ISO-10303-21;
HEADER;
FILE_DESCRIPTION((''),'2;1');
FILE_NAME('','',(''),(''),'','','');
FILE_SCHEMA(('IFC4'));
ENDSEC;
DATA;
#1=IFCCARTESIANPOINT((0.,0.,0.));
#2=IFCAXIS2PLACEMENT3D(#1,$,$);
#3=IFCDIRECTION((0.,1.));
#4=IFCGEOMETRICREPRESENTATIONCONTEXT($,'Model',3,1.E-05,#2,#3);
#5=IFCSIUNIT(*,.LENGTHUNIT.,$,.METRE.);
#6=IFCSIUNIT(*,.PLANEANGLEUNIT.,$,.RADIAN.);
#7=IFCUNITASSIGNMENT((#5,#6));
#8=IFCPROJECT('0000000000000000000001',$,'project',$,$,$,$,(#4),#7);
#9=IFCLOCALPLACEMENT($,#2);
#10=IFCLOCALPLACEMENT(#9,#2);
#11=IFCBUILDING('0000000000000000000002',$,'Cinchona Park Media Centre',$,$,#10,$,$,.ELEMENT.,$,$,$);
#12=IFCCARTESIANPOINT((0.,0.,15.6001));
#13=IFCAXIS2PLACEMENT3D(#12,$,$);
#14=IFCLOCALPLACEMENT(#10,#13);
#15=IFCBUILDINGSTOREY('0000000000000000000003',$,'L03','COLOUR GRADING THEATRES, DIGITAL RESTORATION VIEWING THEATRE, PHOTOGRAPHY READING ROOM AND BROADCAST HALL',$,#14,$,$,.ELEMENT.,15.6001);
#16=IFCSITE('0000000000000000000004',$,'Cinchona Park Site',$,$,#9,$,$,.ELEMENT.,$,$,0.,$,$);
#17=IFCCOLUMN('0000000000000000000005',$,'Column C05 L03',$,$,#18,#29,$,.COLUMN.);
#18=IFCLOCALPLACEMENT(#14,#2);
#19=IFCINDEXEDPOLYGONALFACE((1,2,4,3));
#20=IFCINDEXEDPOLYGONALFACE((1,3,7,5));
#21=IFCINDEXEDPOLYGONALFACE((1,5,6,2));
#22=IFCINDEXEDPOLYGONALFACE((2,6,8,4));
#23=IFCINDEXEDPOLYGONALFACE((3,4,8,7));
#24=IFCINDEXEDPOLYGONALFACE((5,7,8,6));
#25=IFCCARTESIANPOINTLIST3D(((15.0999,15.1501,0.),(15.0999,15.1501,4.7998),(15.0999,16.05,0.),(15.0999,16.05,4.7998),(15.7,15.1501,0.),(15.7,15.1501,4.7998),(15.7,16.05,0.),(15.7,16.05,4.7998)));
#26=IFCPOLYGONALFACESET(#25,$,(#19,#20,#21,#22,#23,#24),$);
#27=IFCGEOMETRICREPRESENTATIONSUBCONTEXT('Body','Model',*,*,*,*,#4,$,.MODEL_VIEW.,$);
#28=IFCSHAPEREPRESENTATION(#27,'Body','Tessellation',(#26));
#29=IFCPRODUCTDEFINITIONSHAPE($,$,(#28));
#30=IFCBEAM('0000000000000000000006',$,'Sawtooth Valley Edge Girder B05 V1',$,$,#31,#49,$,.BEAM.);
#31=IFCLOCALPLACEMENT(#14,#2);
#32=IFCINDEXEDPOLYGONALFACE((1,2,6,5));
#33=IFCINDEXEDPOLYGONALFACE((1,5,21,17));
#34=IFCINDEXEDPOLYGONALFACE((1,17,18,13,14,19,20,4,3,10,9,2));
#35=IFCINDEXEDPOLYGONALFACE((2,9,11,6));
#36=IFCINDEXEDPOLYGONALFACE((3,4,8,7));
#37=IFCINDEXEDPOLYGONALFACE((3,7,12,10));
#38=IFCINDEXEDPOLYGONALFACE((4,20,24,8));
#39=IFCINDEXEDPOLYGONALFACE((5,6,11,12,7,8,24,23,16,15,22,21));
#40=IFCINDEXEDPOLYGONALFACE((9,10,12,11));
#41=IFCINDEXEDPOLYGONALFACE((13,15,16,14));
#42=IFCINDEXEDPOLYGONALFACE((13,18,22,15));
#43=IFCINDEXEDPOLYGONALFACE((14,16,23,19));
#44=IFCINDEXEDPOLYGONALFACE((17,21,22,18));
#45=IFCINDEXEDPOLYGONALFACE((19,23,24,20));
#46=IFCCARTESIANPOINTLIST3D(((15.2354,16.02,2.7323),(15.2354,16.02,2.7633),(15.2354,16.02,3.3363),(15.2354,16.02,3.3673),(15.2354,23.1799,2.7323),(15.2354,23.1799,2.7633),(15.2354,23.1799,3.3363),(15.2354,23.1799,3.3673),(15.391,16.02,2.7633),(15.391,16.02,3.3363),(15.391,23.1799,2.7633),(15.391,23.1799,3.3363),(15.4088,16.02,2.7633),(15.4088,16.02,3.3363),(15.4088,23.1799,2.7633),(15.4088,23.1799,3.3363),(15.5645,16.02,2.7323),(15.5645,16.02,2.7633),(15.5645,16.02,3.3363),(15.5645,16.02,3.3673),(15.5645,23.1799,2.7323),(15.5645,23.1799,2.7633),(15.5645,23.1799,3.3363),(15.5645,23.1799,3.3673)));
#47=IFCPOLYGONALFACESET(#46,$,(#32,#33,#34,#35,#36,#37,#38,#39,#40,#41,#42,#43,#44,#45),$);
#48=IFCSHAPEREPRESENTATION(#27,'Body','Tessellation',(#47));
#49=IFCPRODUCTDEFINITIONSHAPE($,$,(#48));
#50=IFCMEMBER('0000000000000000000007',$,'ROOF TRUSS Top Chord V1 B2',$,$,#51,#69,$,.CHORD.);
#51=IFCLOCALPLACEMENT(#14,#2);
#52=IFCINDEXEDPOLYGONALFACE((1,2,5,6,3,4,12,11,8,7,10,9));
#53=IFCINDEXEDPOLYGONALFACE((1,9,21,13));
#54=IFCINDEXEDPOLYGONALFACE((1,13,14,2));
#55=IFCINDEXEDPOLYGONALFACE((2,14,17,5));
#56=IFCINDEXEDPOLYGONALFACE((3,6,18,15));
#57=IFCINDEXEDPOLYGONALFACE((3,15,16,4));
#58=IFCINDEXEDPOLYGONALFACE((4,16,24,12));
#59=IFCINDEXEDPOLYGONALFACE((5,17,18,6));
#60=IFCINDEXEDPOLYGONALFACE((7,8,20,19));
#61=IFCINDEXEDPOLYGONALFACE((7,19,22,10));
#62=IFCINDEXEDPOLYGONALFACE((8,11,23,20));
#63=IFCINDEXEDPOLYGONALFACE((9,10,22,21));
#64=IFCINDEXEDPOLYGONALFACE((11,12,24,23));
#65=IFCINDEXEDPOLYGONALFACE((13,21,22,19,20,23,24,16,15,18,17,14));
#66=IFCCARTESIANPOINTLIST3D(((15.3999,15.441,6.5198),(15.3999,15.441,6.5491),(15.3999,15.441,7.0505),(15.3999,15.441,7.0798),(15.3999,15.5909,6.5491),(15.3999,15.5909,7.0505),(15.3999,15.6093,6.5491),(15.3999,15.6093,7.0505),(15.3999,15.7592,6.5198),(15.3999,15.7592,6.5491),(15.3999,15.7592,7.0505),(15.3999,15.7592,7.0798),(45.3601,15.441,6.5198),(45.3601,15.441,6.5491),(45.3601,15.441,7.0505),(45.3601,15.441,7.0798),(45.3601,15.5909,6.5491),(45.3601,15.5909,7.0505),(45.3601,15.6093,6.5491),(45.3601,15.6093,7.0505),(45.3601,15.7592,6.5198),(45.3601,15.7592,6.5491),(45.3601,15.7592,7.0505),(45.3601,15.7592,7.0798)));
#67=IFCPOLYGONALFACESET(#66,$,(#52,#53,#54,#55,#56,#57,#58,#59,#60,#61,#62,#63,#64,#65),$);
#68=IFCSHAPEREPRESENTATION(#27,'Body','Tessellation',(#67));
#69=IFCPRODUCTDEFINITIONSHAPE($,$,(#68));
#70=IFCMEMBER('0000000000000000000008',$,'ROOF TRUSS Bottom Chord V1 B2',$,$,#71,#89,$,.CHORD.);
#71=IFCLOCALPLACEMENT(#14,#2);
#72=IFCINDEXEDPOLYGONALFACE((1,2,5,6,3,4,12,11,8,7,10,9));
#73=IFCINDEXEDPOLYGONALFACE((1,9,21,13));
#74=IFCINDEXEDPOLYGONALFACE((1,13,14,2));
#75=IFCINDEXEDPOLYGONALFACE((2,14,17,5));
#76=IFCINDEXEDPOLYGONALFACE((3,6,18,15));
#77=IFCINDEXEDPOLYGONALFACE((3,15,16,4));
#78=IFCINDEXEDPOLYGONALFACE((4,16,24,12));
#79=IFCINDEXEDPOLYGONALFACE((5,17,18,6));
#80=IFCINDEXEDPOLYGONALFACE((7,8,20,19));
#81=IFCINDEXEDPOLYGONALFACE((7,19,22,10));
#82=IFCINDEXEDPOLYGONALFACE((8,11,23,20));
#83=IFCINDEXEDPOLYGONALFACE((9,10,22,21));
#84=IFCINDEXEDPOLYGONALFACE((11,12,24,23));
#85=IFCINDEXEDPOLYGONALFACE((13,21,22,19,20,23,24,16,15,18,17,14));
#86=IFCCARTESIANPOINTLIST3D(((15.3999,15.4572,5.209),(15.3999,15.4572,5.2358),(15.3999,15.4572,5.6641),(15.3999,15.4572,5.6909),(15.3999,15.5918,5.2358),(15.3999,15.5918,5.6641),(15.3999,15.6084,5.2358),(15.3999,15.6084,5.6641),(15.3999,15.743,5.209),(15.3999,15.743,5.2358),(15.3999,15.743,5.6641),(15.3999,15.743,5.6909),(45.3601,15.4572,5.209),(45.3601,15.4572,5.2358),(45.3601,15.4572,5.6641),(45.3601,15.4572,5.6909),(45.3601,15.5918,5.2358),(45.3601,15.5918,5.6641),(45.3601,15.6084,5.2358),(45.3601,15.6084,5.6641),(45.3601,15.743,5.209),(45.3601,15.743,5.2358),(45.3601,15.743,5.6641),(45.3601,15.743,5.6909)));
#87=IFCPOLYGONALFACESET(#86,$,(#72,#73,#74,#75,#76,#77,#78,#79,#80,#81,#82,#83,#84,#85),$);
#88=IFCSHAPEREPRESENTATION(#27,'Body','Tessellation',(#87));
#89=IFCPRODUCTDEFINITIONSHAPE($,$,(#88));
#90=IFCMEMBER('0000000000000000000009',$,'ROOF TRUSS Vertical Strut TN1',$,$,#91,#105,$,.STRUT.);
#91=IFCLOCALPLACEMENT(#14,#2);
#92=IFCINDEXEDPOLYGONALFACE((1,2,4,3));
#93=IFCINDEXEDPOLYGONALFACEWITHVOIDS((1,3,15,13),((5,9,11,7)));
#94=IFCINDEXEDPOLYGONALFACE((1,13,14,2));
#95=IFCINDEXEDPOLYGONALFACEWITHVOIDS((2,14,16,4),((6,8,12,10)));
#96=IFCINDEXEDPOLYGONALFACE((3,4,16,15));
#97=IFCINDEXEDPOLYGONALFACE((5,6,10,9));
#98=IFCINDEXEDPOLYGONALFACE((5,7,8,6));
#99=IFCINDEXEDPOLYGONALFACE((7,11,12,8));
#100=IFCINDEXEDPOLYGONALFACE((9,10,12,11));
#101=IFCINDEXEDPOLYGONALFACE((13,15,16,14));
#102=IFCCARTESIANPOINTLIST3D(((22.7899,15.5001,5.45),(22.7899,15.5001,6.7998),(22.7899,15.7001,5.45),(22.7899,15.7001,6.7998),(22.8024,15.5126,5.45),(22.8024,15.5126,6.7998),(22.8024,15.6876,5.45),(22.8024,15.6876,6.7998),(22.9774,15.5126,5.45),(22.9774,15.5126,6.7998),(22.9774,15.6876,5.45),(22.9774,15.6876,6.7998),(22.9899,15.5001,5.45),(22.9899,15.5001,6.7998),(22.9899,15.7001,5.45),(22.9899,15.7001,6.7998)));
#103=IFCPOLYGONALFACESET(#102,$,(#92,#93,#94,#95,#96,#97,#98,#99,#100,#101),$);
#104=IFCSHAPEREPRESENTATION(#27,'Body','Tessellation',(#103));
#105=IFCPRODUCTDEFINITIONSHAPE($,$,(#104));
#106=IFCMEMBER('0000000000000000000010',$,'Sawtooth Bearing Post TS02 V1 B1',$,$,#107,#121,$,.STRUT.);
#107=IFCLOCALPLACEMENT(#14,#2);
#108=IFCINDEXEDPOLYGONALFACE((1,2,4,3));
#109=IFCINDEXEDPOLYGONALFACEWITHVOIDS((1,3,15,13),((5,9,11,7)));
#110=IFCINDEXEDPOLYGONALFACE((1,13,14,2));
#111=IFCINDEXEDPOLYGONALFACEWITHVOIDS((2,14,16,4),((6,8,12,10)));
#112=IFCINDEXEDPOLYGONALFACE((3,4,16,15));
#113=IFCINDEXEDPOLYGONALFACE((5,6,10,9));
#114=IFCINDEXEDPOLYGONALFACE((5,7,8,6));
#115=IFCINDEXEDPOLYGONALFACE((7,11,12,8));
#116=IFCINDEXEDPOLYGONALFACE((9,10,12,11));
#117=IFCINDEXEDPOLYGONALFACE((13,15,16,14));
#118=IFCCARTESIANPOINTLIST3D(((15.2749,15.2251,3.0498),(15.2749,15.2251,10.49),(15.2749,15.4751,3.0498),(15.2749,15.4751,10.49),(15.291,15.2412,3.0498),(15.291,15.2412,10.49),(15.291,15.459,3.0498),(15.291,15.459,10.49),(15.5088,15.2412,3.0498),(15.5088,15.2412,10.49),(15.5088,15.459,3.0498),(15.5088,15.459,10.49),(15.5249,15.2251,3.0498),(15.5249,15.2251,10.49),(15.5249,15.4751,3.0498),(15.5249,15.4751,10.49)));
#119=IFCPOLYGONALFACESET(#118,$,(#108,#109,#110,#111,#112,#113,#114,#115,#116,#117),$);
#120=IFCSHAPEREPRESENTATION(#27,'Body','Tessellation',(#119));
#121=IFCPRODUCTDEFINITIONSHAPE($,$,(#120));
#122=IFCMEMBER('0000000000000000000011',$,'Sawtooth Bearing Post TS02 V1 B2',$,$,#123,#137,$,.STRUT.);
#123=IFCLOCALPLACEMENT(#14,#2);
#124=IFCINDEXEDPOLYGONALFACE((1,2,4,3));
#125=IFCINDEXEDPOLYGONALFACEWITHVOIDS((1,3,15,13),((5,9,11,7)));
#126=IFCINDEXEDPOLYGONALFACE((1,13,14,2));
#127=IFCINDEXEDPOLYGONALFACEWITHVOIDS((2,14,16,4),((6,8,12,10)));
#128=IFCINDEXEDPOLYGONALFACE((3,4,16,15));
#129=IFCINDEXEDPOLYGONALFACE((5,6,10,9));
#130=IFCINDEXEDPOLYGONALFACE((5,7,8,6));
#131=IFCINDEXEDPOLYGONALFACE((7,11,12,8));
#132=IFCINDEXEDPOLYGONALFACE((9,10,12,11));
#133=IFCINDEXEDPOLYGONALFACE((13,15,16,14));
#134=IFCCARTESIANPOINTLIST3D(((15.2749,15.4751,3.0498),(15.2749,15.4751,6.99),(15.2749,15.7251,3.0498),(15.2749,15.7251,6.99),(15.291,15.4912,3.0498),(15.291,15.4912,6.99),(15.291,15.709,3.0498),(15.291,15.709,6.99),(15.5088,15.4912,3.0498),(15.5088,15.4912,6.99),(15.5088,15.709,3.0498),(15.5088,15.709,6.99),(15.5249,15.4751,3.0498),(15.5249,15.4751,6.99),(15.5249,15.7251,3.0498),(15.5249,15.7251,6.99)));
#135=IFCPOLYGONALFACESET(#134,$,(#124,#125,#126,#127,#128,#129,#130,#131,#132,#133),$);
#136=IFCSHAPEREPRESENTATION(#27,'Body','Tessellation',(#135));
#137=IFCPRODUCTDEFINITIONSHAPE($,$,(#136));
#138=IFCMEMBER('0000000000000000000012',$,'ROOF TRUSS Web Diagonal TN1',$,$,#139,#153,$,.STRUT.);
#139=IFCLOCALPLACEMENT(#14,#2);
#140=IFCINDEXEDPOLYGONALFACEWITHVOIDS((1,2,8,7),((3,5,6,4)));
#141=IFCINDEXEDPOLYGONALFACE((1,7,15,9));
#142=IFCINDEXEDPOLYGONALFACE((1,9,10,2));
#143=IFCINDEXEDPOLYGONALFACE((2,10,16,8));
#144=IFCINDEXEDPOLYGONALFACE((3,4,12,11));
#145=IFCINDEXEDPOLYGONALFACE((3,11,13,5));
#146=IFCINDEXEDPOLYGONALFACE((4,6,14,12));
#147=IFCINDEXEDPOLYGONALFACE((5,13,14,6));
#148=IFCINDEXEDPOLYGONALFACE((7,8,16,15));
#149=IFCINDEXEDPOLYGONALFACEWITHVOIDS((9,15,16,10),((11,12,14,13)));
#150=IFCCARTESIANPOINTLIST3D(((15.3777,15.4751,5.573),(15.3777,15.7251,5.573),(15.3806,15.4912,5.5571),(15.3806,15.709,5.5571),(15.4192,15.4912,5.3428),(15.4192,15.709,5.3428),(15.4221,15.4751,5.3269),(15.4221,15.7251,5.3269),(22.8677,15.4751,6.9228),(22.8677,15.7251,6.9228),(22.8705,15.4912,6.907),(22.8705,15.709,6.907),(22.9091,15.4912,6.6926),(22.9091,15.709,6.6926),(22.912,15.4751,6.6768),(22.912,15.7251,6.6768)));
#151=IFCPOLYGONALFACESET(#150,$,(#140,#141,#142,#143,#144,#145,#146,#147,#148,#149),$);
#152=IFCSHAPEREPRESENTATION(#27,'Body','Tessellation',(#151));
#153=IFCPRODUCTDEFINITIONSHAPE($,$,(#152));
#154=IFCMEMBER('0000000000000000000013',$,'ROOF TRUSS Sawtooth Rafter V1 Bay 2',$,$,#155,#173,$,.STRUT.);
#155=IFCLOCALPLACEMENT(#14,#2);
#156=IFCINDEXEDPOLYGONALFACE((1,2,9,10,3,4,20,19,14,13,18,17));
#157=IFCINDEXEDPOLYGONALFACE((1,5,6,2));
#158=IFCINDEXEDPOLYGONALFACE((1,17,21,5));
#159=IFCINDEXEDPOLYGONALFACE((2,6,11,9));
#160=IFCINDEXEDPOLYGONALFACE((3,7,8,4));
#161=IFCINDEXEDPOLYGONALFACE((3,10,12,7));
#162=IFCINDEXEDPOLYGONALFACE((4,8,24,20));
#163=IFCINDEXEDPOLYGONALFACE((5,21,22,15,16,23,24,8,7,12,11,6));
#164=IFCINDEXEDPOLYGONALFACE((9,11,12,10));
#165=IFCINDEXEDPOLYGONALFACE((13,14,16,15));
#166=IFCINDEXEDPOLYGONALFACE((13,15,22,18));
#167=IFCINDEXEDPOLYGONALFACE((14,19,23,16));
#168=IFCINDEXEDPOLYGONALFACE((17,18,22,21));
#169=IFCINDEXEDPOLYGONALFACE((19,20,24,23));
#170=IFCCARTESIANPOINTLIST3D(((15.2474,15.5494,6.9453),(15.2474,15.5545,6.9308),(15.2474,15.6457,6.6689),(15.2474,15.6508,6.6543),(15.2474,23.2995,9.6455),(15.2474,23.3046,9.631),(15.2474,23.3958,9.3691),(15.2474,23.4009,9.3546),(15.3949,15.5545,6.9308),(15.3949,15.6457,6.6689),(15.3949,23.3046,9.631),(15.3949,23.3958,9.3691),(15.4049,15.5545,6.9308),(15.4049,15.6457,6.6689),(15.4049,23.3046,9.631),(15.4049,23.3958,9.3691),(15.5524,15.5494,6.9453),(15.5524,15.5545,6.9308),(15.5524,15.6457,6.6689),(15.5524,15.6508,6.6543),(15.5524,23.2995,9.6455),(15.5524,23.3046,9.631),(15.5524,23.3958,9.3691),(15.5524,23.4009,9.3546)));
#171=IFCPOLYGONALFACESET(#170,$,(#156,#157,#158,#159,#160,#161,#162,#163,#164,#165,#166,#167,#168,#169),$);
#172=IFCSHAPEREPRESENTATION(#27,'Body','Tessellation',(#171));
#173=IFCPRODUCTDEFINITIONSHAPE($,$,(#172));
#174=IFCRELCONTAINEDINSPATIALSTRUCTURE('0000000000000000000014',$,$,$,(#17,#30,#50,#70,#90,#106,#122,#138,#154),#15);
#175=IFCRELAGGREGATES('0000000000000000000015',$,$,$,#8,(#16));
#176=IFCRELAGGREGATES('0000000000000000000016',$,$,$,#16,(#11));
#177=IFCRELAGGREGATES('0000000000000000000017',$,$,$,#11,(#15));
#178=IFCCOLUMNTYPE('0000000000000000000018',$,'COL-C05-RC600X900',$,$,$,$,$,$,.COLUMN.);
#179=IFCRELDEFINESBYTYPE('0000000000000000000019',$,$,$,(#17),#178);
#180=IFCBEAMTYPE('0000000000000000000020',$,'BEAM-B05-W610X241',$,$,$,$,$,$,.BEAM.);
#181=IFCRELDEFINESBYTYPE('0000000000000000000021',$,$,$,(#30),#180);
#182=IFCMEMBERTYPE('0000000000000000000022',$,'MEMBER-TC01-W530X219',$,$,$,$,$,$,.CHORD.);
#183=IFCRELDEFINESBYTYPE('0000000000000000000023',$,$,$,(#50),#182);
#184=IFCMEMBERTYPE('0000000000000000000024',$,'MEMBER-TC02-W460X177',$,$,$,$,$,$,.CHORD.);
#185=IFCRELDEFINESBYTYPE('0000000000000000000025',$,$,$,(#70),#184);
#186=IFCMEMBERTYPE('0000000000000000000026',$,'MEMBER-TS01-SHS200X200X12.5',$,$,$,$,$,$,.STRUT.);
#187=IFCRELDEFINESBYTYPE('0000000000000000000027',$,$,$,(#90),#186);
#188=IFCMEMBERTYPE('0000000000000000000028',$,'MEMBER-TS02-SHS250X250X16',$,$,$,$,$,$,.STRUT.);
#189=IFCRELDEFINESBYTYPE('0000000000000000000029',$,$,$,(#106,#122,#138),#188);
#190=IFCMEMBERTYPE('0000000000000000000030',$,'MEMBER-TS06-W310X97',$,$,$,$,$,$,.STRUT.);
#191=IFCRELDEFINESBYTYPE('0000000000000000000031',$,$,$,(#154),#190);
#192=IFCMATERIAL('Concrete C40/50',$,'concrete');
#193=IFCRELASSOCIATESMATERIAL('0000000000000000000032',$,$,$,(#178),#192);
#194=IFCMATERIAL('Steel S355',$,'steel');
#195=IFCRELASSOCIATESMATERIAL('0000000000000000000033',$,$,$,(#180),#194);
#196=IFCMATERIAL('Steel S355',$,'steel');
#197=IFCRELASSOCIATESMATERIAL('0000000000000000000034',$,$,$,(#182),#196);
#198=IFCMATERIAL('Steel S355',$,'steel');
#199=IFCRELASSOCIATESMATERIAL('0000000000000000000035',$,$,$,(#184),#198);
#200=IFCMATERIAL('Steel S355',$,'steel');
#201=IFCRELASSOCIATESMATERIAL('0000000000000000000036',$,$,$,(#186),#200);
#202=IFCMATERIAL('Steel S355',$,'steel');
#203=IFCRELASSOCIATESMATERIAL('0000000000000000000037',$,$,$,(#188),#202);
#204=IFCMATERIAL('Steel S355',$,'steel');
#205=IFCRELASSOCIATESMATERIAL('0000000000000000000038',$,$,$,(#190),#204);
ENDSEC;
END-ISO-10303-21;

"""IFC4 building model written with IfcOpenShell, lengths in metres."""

from ifc_helpers import new_model, si_unit, direction, frame, origin, origin_2d, place, context, subcontext, project, spatial, rectangle, hollow_rectangle, i_section, extrude, material, material_profile, profile_set, type_object, element, save


model = new_model("IFC4")

# Units and contexts
model_context = context("Model", 3, precision=1e-05, world=origin(), true_north=direction((0.0, 1.0)))
body_context = subcontext(model_context, "Body", "Model", "MODEL_VIEW")
ifc_project = project(units=[si_unit("LENGTHUNIT", "METRE"), si_unit("PLANEANGLEUNIT", "RADIAN")], contexts=[model_context])

# Site, building, storey
site_placement = place(None, origin())
site = spatial("IfcSite", under=ifc_project, at=site_placement, Name="Cinchona Park Site", CompositionType="ELEMENT", RefElevation=0.0)
building_placement = place(site_placement, origin())
building = spatial("IfcBuilding", under=site, at=building_placement, Name="Cinchona Park Media Centre", CompositionType="ELEMENT")
storey_placement = place(building_placement, frame((0.0, 0.0, 15.6001)))
storey = spatial("IfcBuildingStorey", under=building, at=storey_placement, Name="L03", Description="COLOUR GRADING THEATRES, DIGITAL RESTORATION VIEWING THEATRE, PHOTOGRAPHY READING ROOM AND BROADCAST HALL", CompositionType="ELEMENT", Elevation=15.6001)

# Column
ifc_material_1 = material(Name="Concrete C40/50", Category="concrete")
ifc_material_profile_1 = material_profile(ifc_material_1, rectangle(XDim=0.6001, YDim=0.8999, at=origin_2d()), Name="RC 600X900")
ifc_profile_set_1 = profile_set([ifc_material_profile_1], Name="Concrete C40/50")
column_type = type_object("IfcColumnType", Name="COL-C05-RC600X900", PredefinedType="COLUMN", material=ifc_profile_set_1)
column_placement = place(storey_placement, frame((15.3999, 15.6001, 0.0), z_axis=(0.0, 0.0, 1.0), x_axis=(1.0, 0.0, 0.0)))
element("IfcColumn", 1, at=column_placement, inside=storey, type_object=column_type, Name="Column C05 L03", PredefinedType="COLUMN", context=body_context, shape_type="SweptSolid", body=[
    extrude(rectangle(XDim=0.6001, YDim=0.8999, at=origin_2d()), origin(), (0.0, 0.0, 1.0), 4.7998),
])

# Beam
ifc_material_2 = material(Name="Steel S355", Category="steel")
ifc_material_profile_2 = material_profile(ifc_material_2, i_section(OverallWidth=0.3291, OverallDepth=0.635, WebThickness=0.0178, FlangeThickness=0.031, at=origin_2d()), Name="W610X241")
ifc_profile_set_2 = profile_set([ifc_material_profile_2], Name="Steel S355")
beam_type = type_object("IfcBeamType", Name="BEAM-B05-W610X241", PredefinedType="BEAM", material=ifc_profile_set_2)
beam_placement = place(storey_placement, frame((15.3999, 16.02, 3.0498), z_axis=(0.0, 1.0, 0.0), x_axis=(-1.0, 0.0, 0.0)))
element("IfcBeam", 2, at=beam_placement, inside=storey, type_object=beam_type, Name="Sawtooth Valley Edge Girder B05 V1", PredefinedType="BEAM", context=body_context, shape_type="SweptSolid", body=[
    extrude(i_section(OverallWidth=0.3291, OverallDepth=0.635, WebThickness=0.0178, FlangeThickness=0.031, at=origin_2d()), origin(), (0.0, 0.0, 1.0), 7.1599),
])

# Members
ifc_material_3 = material(Name="Steel S355", Category="steel")
ifc_material_profile_3 = material_profile(ifc_material_3, i_section(OverallWidth=0.3181, OverallDepth=0.5601, WebThickness=0.0183, FlangeThickness=0.0293, at=origin_2d()), Name="W530X219")
ifc_profile_set_3 = profile_set([ifc_material_profile_3], Name="Steel S355")
member_type_1 = type_object("IfcMemberType", Name="MEMBER-TC01-W530X219", PredefinedType="CHORD", material=ifc_profile_set_3)
member_1_placement = place(storey_placement, frame((15.3999, 15.6001, 6.7998), z_axis=(1.0, 0.0, 0.0), x_axis=(0.0, 1.0, 0.0)))
element("IfcMember", 3, at=member_1_placement, inside=storey, type_object=member_type_1, Name="ROOF TRUSS Top Chord V1 B2", PredefinedType="CHORD", context=body_context, shape_type="SweptSolid", body=[
    extrude(i_section(OverallWidth=0.3181, OverallDepth=0.5601, WebThickness=0.0183, FlangeThickness=0.0293, at=origin_2d()), origin(), (0.0, 0.0, 1.0), 29.9602),
])
ifc_material_4 = material(Name="Steel S355", Category="steel")
ifc_material_profile_4 = material_profile(ifc_material_4, i_section(OverallWidth=0.2859, OverallDepth=0.4819, WebThickness=0.0166, FlangeThickness=0.0269, at=origin_2d()), Name="W460X177")
ifc_profile_set_4 = profile_set([ifc_material_profile_4], Name="Steel S355")
member_type_2 = type_object("IfcMemberType", Name="MEMBER-TC02-W460X177", PredefinedType="CHORD", material=ifc_profile_set_4)
member_2_placement = place(storey_placement, frame((15.3999, 15.6001, 5.45), z_axis=(1.0, 0.0, 0.0), x_axis=(0.0, 1.0, 0.0)))
element("IfcMember", 4, at=member_2_placement, inside=storey, type_object=member_type_2, Name="ROOF TRUSS Bottom Chord V1 B2", PredefinedType="CHORD", context=body_context, shape_type="SweptSolid", body=[
    extrude(i_section(OverallWidth=0.2859, OverallDepth=0.4819, WebThickness=0.0166, FlangeThickness=0.0269, at=origin_2d()), origin(), (0.0, 0.0, 1.0), 29.9602),
])
ifc_material_5 = material(Name="Steel S355", Category="steel")
ifc_material_profile_5 = material_profile(ifc_material_5, hollow_rectangle(XDim=0.2, YDim=0.2, WallThickness=0.0125, at=origin_2d()), Name="200X200X12.5SHS")
ifc_profile_set_5 = profile_set([ifc_material_profile_5], Name="Steel S355")
member_type_3 = type_object("IfcMemberType", Name="MEMBER-TS01-SHS200X200X12.5", PredefinedType="STRUT", material=ifc_profile_set_5)
member_3_placement = place(storey_placement, frame((22.8899, 15.6001, 5.45), z_axis=(0.0, 0.0, 1.0), x_axis=(1.0, 0.0, 0.0)))
element("IfcMember", 5, at=member_3_placement, inside=storey, type_object=member_type_3, Name="ROOF TRUSS Vertical Strut TN1", PredefinedType="STRUT", context=body_context, shape_type="SweptSolid", body=[
    extrude(hollow_rectangle(XDim=0.2, YDim=0.2, WallThickness=0.0125, at=origin_2d()), origin(), (0.0, 0.0, 1.0), 1.3499),
])
ifc_material_6 = material(Name="Steel S355", Category="steel")
ifc_material_profile_6 = material_profile(ifc_material_6, hollow_rectangle(XDim=0.25, YDim=0.25, WallThickness=0.0161, at=origin_2d()), Name="250X250X16SHS")
ifc_profile_set_6 = profile_set([ifc_material_profile_6], Name="Steel S355")
member_type_4 = type_object("IfcMemberType", Name="MEMBER-TS02-SHS250X250X16", PredefinedType="STRUT", material=ifc_profile_set_6)
member_4_placement = place(storey_placement, frame((15.3999, 15.3501, 3.0498), z_axis=(0.0, 0.0, 1.0), x_axis=(1.0, 0.0, 0.0)))
element("IfcMember", 6, at=member_4_placement, inside=storey, type_object=member_type_4, Name="Sawtooth Bearing Post TS02 V1 B1", PredefinedType="STRUT", context=body_context, shape_type="SweptSolid", body=[
    extrude(hollow_rectangle(XDim=0.25, YDim=0.25, WallThickness=0.0161, at=origin_2d()), origin(), (0.0, 0.0, 1.0), 7.4402),
])
member_5_placement = place(storey_placement, frame((15.3999, 15.6001, 3.0498), z_axis=(0.0, 0.0, 1.0), x_axis=(1.0, 0.0, 0.0)))
element("IfcMember", 7, at=member_5_placement, inside=storey, type_object=member_type_4, Name="Sawtooth Bearing Post TS02 V1 B2", PredefinedType="STRUT", context=body_context, shape_type="SweptSolid", body=[
    extrude(hollow_rectangle(XDim=0.25, YDim=0.25, WallThickness=0.0161, at=origin_2d()), origin(), (0.0, 0.0, 1.0), 3.9402),
])
member_6_placement = place(storey_placement, frame((15.3999, 15.6001, 5.45), z_axis=(0.984145, 0.0, 0.177364), x_axis=(0.0, 1.0, 0.0)))
element("IfcMember", 8, at=member_6_placement, inside=storey, type_object=member_type_4, Name="ROOF TRUSS Web Diagonal TN1", PredefinedType="STRUT", context=body_context, shape_type="SweptSolid", body=[
    extrude(hollow_rectangle(XDim=0.25, YDim=0.25, WallThickness=0.0161, at=origin_2d()), origin(), (0.0, 0.0, 1.0), 7.6106),
])
ifc_material_7 = material(Name="Steel S355", Category="steel")
ifc_material_profile_7 = material_profile(ifc_material_7, i_section(OverallWidth=0.3049, OverallDepth=0.3081, WebThickness=0.01, FlangeThickness=0.0154, at=origin_2d()), Name="W310X97")
ifc_profile_set_7 = profile_set([ifc_material_profile_7], Name="Steel S355")
member_type_5 = type_object("IfcMemberType", Name="MEMBER-TS06-W310X97", PredefinedType="STRUT", material=ifc_profile_set_7)
member_7_placement = place(storey_placement, frame((15.3999, 15.6001, 6.7998), z_axis=(0.0, 0.944325, 0.329014), x_axis=(-1.0, 0.0, 0.0)))
element("IfcMember", 9, at=member_7_placement, inside=storey, type_object=member_type_5, Name="ROOF TRUSS Sawtooth Rafter V1 Bay 2", PredefinedType="STRUT", context=body_context, shape_type="SweptSolid", body=[
    extrude(i_section(OverallWidth=0.3049, OverallDepth=0.3081, WebThickness=0.01, FlangeThickness=0.0154, at=origin_2d()), origin(), (0.0, 0.0, 1.0), 8.207),
])

save(model, "model.ifc")
